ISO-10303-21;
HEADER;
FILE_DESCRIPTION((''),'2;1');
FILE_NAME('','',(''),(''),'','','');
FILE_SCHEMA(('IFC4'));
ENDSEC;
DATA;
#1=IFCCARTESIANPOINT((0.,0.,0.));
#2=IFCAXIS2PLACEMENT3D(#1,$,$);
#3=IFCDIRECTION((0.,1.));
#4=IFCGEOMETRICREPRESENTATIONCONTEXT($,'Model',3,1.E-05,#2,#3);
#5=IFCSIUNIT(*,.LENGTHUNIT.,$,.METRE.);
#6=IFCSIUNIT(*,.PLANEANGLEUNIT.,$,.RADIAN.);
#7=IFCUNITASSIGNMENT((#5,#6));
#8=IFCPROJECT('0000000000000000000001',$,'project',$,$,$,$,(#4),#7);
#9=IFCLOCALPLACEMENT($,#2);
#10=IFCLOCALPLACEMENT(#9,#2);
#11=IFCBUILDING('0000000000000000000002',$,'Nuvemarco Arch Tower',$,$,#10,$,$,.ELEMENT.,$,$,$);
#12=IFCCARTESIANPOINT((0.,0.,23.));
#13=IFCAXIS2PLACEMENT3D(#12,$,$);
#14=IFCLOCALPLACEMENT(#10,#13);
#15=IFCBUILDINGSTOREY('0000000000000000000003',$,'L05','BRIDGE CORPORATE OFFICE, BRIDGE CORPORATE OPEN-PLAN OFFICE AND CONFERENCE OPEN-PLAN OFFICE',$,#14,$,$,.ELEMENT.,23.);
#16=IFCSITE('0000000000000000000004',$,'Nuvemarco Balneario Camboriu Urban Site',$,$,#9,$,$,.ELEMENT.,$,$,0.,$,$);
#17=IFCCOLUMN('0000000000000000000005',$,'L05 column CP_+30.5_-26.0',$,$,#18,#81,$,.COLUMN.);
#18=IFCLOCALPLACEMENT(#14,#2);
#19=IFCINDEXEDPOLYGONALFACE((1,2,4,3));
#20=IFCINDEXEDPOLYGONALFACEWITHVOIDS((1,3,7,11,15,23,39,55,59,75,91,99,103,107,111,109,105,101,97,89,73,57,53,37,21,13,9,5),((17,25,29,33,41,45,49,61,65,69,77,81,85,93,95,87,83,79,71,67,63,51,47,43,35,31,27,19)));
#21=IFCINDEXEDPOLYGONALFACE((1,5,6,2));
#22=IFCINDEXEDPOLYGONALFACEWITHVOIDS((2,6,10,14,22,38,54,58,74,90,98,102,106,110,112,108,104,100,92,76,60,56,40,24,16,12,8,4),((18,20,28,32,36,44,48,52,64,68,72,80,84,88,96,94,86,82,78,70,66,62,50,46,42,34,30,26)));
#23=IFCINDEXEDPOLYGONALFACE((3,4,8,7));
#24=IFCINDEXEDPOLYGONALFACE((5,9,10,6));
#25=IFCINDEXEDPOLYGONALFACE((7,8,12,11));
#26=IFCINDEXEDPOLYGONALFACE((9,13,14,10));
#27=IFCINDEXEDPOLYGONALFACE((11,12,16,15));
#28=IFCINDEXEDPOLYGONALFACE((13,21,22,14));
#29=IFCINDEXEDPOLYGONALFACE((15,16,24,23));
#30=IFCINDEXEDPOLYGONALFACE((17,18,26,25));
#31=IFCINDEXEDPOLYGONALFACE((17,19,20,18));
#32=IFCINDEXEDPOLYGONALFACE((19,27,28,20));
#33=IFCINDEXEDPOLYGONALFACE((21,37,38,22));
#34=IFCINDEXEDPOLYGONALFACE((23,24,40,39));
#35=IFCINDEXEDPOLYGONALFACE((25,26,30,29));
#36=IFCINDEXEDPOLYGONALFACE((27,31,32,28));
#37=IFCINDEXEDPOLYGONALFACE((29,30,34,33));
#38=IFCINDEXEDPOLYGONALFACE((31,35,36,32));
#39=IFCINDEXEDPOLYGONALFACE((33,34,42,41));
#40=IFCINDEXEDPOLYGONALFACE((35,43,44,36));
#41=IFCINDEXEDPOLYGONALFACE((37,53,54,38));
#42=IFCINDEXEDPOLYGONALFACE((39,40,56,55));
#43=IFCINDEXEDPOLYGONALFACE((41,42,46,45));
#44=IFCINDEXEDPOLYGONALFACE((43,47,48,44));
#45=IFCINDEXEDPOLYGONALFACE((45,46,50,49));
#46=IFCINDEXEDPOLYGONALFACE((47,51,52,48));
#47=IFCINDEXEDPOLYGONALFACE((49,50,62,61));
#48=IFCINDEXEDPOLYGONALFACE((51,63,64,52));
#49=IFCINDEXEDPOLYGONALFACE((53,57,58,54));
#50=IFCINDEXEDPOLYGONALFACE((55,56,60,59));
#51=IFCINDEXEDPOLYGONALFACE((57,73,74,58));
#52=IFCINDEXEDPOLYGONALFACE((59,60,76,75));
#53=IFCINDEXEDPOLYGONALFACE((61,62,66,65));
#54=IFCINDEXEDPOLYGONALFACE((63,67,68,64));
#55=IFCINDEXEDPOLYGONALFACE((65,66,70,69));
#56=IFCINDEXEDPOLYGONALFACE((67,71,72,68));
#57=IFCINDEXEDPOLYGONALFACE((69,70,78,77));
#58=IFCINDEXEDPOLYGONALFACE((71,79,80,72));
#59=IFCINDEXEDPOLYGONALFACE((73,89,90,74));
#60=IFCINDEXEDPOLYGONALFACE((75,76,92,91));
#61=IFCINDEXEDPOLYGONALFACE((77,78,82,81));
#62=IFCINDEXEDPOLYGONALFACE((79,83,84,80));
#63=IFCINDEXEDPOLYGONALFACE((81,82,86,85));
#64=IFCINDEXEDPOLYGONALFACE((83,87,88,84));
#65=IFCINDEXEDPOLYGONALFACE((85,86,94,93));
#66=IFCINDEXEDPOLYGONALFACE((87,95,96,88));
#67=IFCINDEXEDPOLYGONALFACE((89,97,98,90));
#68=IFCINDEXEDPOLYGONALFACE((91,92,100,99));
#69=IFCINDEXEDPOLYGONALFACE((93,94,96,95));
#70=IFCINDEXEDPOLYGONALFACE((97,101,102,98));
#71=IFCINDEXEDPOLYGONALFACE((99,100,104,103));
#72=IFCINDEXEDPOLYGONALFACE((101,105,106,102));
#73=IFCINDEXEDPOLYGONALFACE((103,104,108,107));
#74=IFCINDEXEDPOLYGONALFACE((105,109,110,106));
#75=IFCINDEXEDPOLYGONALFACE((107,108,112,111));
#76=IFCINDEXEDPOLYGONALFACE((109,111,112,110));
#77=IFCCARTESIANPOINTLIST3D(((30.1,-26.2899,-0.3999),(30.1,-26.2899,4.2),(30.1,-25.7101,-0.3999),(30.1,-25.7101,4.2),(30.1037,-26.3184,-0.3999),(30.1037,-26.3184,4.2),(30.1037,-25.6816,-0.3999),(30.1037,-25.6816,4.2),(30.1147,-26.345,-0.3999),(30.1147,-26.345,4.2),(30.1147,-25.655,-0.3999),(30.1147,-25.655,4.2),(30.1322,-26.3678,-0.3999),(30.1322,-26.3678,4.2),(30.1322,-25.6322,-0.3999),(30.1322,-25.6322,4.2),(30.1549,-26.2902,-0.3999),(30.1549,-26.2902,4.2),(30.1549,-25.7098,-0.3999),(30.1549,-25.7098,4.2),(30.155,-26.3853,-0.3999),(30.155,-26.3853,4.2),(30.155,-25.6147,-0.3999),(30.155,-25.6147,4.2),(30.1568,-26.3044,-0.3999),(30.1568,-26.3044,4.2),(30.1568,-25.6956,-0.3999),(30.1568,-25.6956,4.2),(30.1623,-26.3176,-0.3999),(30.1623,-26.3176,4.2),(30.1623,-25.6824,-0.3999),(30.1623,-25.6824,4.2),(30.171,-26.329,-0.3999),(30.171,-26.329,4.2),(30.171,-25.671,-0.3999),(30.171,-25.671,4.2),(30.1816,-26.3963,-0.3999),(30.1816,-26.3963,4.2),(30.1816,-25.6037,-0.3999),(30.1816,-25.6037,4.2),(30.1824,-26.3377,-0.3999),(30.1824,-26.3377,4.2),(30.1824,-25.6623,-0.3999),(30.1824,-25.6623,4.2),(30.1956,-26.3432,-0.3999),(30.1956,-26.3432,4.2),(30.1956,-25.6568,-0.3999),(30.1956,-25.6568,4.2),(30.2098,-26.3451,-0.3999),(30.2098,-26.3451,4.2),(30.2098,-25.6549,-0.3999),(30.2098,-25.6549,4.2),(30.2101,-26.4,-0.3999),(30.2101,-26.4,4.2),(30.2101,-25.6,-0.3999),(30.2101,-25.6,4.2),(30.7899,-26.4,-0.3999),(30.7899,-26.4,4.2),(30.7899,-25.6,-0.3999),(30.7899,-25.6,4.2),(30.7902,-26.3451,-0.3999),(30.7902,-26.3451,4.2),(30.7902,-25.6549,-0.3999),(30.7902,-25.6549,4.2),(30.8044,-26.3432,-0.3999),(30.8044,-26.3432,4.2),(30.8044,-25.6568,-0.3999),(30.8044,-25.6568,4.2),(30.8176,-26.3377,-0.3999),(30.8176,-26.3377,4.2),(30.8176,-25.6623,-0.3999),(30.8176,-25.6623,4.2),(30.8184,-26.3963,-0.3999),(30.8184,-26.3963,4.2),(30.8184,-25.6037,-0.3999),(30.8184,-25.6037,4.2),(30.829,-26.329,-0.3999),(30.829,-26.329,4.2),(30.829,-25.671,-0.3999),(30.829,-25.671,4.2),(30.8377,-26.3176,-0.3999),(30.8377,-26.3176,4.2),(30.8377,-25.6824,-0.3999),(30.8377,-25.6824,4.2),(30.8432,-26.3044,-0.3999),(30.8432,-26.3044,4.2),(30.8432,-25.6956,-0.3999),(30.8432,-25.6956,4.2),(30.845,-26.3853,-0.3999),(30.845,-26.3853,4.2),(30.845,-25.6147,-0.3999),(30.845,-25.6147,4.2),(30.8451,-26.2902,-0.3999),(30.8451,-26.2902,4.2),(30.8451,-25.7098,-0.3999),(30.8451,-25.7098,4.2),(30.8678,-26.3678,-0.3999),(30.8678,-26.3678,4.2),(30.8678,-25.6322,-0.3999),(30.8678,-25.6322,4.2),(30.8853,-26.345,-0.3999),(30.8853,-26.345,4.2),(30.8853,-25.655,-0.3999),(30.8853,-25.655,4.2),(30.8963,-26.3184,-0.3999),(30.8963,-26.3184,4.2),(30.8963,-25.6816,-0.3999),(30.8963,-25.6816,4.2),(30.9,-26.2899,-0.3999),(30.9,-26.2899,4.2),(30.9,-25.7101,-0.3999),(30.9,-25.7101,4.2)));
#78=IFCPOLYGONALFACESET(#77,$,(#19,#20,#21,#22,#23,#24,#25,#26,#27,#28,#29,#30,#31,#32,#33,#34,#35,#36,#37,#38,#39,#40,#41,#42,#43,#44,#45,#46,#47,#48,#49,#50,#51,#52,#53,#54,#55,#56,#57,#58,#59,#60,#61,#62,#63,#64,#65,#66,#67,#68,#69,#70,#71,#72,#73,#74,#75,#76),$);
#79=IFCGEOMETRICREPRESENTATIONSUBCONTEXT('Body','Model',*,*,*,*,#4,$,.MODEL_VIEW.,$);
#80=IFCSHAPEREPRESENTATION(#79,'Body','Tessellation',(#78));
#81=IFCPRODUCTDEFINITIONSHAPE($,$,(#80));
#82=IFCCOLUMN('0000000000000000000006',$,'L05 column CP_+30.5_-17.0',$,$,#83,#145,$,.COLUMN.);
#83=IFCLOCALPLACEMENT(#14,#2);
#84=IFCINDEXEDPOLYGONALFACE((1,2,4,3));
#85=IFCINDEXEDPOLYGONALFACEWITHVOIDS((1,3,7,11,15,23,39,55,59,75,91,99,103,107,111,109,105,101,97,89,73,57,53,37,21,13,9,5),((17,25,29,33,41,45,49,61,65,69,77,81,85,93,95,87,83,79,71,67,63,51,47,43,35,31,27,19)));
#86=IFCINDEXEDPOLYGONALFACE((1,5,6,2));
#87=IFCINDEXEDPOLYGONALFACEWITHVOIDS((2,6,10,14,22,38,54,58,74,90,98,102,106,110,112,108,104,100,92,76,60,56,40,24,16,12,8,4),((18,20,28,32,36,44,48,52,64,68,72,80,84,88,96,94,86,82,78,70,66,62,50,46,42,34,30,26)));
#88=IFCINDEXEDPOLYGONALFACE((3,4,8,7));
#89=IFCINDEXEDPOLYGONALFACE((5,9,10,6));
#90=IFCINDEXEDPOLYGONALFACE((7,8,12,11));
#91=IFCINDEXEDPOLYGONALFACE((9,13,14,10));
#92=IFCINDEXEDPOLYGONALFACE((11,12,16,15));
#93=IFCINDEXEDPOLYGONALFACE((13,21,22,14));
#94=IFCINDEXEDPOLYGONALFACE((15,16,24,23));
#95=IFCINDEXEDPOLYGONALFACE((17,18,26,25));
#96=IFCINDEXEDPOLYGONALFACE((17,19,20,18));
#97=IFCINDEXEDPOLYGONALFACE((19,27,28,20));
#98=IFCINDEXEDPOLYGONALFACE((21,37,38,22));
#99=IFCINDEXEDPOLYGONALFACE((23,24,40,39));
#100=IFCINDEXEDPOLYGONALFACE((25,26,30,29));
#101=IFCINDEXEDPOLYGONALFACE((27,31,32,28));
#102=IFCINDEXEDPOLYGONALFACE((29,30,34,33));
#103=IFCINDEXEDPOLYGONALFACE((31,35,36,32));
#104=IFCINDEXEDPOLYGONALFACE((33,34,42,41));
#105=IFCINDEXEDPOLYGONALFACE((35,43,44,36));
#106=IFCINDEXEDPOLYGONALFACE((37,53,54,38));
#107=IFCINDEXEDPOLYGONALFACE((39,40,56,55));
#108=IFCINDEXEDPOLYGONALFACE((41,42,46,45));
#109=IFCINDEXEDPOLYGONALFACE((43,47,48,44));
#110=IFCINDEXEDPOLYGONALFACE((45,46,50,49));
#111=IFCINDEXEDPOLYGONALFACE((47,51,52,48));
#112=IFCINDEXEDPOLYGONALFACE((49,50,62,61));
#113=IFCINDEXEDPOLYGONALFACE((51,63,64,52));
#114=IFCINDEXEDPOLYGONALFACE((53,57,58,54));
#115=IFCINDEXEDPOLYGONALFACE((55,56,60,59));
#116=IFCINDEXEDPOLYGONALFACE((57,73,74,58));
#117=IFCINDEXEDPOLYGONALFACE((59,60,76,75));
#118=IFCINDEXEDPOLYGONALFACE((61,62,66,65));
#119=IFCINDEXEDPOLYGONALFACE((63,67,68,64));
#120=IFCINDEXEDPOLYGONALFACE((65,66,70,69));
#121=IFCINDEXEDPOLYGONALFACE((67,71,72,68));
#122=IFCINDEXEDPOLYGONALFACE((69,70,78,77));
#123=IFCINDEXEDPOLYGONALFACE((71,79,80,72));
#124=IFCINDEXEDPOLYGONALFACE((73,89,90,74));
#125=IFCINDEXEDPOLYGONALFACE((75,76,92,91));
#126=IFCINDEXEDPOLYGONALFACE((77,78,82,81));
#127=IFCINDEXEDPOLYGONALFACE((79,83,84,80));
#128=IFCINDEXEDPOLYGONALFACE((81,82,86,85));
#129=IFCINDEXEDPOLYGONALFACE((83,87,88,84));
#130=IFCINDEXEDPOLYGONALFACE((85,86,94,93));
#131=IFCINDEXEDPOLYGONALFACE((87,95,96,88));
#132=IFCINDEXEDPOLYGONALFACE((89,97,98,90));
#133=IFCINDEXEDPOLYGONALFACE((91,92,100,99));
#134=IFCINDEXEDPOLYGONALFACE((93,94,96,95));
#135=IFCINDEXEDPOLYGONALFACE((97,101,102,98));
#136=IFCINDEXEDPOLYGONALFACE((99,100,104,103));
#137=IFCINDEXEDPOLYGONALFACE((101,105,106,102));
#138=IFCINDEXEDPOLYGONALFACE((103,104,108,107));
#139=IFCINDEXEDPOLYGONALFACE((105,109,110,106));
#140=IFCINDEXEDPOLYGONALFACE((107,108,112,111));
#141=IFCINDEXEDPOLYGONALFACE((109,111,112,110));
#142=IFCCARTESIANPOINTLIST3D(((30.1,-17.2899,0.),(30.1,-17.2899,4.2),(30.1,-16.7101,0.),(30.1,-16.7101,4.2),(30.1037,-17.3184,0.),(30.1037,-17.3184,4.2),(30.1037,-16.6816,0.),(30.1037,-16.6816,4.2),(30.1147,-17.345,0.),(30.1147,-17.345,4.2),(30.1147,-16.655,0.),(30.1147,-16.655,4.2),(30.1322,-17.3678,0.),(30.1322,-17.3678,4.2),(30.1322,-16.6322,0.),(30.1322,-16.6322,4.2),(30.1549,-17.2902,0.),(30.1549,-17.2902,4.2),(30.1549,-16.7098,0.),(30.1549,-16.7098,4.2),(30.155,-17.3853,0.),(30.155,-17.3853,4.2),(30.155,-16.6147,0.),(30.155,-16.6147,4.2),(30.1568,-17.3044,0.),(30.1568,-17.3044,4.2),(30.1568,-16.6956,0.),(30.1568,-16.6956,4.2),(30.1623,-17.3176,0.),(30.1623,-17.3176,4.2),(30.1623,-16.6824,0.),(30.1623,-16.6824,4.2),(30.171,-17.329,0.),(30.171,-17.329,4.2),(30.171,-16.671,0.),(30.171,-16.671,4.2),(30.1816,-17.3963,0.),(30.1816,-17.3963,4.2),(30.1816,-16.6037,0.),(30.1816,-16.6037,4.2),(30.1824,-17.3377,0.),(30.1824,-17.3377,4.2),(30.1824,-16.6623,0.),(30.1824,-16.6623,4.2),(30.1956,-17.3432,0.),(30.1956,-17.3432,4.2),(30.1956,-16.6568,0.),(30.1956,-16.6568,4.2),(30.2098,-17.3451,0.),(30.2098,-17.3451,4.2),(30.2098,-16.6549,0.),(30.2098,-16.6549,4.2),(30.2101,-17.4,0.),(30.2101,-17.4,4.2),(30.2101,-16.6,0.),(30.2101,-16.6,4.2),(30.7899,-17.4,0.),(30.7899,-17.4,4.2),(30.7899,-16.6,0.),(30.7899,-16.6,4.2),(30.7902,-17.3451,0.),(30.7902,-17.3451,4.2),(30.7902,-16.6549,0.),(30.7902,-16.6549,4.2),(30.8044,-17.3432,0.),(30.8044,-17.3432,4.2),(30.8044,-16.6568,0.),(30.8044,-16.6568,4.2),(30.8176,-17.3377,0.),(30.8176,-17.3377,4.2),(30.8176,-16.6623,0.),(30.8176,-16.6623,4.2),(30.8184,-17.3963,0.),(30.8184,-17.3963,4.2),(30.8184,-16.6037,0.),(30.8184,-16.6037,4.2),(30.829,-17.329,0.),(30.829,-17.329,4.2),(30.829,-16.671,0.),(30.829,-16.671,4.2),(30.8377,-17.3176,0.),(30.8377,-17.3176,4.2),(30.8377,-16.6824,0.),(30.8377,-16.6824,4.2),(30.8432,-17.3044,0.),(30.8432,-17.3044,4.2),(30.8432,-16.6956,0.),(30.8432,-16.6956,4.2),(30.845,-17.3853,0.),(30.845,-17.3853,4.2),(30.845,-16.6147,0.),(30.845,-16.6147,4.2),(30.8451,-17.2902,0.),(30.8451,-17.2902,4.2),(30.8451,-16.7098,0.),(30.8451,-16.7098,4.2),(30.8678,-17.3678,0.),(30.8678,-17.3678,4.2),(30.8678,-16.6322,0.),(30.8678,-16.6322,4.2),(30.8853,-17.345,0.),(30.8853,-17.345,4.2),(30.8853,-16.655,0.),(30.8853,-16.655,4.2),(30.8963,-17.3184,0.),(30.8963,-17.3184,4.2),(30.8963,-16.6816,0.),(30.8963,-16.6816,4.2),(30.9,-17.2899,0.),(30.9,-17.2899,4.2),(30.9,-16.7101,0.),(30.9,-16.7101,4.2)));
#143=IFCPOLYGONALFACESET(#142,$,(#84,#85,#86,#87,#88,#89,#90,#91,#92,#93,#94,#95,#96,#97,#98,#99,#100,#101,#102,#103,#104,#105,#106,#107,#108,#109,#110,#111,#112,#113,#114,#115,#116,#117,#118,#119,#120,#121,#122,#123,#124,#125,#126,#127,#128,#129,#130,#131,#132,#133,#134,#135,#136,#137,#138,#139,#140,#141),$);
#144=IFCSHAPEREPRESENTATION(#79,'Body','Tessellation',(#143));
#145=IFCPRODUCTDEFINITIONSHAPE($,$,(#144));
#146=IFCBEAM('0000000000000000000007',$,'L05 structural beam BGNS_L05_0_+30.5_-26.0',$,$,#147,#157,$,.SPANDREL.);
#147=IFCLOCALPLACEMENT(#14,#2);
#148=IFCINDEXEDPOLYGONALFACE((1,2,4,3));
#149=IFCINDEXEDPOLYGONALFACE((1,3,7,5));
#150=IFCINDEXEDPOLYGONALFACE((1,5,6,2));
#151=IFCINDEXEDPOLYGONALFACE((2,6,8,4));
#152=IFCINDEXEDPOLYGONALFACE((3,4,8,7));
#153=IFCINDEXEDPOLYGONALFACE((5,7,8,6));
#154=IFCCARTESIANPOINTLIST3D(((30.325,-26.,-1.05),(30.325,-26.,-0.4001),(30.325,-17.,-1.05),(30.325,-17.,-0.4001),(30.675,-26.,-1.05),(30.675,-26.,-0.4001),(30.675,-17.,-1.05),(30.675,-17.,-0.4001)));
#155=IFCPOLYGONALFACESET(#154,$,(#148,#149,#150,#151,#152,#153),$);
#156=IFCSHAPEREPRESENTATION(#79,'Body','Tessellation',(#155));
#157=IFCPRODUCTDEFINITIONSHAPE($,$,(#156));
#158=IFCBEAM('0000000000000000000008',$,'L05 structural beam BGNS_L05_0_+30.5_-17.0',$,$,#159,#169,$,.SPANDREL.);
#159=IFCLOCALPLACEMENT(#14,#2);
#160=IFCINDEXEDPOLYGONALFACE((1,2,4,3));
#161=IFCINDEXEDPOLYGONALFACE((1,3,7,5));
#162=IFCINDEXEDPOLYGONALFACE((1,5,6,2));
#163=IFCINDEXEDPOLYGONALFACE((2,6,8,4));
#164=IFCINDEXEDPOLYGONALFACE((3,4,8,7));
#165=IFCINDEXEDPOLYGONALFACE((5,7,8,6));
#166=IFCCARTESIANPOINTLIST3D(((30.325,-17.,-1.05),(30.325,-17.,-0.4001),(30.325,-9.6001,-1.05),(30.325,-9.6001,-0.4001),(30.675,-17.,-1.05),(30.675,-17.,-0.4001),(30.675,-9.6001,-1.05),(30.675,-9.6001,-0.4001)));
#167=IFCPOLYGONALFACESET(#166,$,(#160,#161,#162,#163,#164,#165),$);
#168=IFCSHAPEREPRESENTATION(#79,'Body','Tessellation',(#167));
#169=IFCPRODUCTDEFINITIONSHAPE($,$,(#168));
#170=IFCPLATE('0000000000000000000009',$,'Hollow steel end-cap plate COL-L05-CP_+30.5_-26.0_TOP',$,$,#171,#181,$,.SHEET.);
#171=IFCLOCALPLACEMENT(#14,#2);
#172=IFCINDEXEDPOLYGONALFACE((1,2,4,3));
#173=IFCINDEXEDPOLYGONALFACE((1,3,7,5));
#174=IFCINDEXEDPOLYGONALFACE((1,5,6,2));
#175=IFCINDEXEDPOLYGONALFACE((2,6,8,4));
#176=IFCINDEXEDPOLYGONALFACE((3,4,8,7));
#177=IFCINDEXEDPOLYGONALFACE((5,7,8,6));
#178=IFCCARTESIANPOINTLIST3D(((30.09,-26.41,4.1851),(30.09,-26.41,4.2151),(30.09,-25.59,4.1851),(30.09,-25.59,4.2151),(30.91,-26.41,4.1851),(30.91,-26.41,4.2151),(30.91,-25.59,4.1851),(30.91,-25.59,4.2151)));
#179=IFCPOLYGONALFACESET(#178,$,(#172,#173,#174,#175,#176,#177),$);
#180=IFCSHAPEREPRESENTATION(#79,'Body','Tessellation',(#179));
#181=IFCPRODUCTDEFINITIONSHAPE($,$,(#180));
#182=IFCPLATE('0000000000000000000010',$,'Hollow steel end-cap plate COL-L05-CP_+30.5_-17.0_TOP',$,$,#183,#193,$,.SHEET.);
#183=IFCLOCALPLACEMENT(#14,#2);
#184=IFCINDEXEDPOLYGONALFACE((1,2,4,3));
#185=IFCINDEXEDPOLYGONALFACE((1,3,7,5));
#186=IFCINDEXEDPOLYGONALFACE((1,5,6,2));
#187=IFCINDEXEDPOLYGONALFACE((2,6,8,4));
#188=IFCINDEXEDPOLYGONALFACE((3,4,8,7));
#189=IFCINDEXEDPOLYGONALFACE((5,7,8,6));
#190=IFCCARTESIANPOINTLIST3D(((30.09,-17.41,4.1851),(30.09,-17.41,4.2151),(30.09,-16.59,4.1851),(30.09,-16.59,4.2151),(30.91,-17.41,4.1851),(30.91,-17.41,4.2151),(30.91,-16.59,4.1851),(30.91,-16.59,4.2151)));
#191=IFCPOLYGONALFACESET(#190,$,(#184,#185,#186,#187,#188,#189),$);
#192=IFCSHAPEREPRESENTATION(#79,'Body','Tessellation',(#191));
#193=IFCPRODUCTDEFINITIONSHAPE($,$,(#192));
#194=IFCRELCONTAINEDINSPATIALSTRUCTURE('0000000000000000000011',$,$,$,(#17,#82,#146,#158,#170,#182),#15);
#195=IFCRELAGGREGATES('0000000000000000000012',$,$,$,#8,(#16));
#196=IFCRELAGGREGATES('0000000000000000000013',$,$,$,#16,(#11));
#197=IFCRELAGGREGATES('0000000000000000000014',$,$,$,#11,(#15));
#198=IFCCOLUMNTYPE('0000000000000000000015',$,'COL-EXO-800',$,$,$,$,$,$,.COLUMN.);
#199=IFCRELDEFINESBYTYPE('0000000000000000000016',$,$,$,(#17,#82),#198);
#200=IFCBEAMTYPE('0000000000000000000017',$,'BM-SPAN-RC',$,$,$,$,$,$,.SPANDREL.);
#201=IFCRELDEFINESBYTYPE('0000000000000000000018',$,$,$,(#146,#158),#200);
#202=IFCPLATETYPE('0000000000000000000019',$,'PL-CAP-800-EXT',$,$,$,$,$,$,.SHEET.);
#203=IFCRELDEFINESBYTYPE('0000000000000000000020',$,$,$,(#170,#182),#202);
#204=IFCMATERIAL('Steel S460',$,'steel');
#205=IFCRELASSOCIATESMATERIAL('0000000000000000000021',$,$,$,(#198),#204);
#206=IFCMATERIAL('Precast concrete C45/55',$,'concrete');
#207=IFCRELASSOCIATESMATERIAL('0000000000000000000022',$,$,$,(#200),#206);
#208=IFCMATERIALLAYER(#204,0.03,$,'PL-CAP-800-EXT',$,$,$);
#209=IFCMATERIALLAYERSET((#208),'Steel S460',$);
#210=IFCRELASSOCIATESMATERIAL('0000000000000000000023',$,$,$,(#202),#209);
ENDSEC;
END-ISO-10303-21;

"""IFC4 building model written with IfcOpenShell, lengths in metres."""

from ifc_helpers import new_model, si_unit, direction, frame, origin, origin_2d, place, context, subcontext, project, spatial, rectangle, hollow_rectangle, extrude, source, transform, mapped, material, layer, layer_set, material_profile, profile_set, type_object, type_shapes, element, save


model = new_model("IFC4")

# Units and contexts
model_context = context("Model", 3, precision=1e-05, world=origin(), true_north=direction((0.0, 1.0)))
body_context = subcontext(model_context, "Body", "Model", "MODEL_VIEW")
ifc_project = project(units=[si_unit("LENGTHUNIT", "METRE"), si_unit("PLANEANGLEUNIT", "RADIAN")], contexts=[model_context])

# Site, building, storey
site_placement = place(None, origin())
site = spatial("IfcSite", under=ifc_project, at=site_placement, Name="Nuvemarco Balneario Camboriu Urban Site", CompositionType="ELEMENT", RefElevation=0.0)
building_placement = place(site_placement, origin())
building = spatial("IfcBuilding", under=site, at=building_placement, Name="Nuvemarco Arch Tower", CompositionType="ELEMENT")
storey_placement = place(building_placement, frame((0.0, 0.0, 23.0)))
storey = spatial("IfcBuildingStorey", under=building, at=storey_placement, Name="L05", Description="BRIDGE CORPORATE OFFICE, BRIDGE CORPORATE OPEN-PLAN OFFICE AND CONFERENCE OPEN-PLAN OFFICE", CompositionType="ELEMENT", Elevation=23.0)

# Columns
ifc_material_1 = material(Name="Steel S460", Category="steel")
ifc_material_profile_1 = material_profile(ifc_material_1, hollow_rectangle(XDim=0.8, YDim=0.8, WallThickness=0.0549, InnerFilletRadius=0.0549, OuterFilletRadius=0.1101, at=origin_2d()), Name="SHS800x800x55")
ifc_profile_set_1 = profile_set([ifc_material_profile_1], Name="Steel S460")
column_type = type_object("IfcColumnType", Name="COL-EXO-800", PredefinedType="COLUMN", material=ifc_profile_set_1)
column_1_placement = place(storey_placement, frame((30.5, -26.0, -0.3999), z_axis=(0.0, 0.0, 1.0), x_axis=(1.0, 0.0, 0.0)))
element("IfcColumn", 1, at=column_1_placement, inside=storey, type_object=column_type, Name="L05 column CP_+30.5_-26.0", PredefinedType="COLUMN", context=body_context, shape_type="SweptSolid", body=[
    extrude(hollow_rectangle(XDim=0.8, YDim=0.8, WallThickness=0.0549, InnerFilletRadius=0.0549, OuterFilletRadius=0.1101, at=origin_2d()), origin(), (0.0, 0.0, 1.0), 4.5999),
])
column_2_placement = place(storey_placement, frame((30.5, -17.0, 0.0), z_axis=(0.0, 0.0, 1.0), x_axis=(1.0, 0.0, 0.0)))
element("IfcColumn", 2, at=column_2_placement, inside=storey, type_object=column_type, Name="L05 column CP_+30.5_-17.0", PredefinedType="COLUMN", context=body_context, shape_type="SweptSolid", body=[
    extrude(hollow_rectangle(XDim=0.8, YDim=0.8, WallThickness=0.0549, InnerFilletRadius=0.0549, OuterFilletRadius=0.1101, at=origin_2d()), origin(), (0.0, 0.0, 1.0), 4.2),
])

# Beams
ifc_material_2 = material(Name="Precast concrete C45/55", Category="concrete")
ifc_material_profile_2 = material_profile(ifc_material_2, rectangle(XDim=0.3501, YDim=0.6499, at=origin_2d()), Name="PC-SP-350x650")
ifc_profile_set_2 = profile_set([ifc_material_profile_2], Name="Precast concrete C45/55")
beam_type = type_object("IfcBeamType", Name="BM-SPAN-RC", PredefinedType="SPANDREL", material=ifc_profile_set_2)
beam_1_placement = place(storey_placement, frame((30.5, -26.0, -0.7251), z_axis=(0.0, 1.0, 0.0), x_axis=(-1.0, 0.0, 0.0)))
element("IfcBeam", 3, at=beam_1_placement, inside=storey, type_object=beam_type, Name="L05 structural beam BGNS_L05_0_+30.5_-26.0", PredefinedType="SPANDREL", context=body_context, shape_type="SweptSolid", body=[
    extrude(rectangle(XDim=0.3501, YDim=0.6499, at=origin_2d()), origin(), (0.0, 0.0, 1.0), 9.0),
])
beam_2_placement = place(storey_placement, frame((30.5, -17.0, -0.7251), z_axis=(0.0, 1.0, 0.0), x_axis=(-1.0, 0.0, 0.0)))
element("IfcBeam", 4, at=beam_2_placement, inside=storey, type_object=beam_type, Name="L05 structural beam BGNS_L05_0_+30.5_-17.0", PredefinedType="SPANDREL", context=body_context, shape_type="SweptSolid", body=[
    extrude(rectangle(XDim=0.3501, YDim=0.6499, at=origin_2d()), origin(), (0.0, 0.0, 1.0), 7.3999),
])

# Plates
ifc_layer_1 = layer(ifc_material_1, 0.03, Name="PL-CAP-800-EXT")
ifc_layer_set_1 = layer_set([ifc_layer_1], Name="Steel S460")
plate_type = type_object("IfcPlateType", Name="PL-CAP-800-EXT", PredefinedType="SHEET", material=ifc_layer_set_1)
shared_shape_1 = source(origin(), body_context, "Body", "SweptSolid", [
    extrude(rectangle(XDim=0.8201, YDim=0.8201, at=origin_2d()), origin(), (0.0, 0.0, 1.0), 0.03),
])
type_shapes(plate_type, [shared_shape_1])
for number, where, z_axis, x_axis, name in (
    (5, (30.5, -26.0, 4.1851), (0.0, 0.0, 1.0), (1.0, 0.0, 0.0), "Hollow steel end-cap plate COL-L05-CP_+30.5_-26.0_TOP"),
    (6, (30.5, -17.0, 4.1851), (0.0, 0.0, 1.0), (1.0, 0.0, 0.0), "Hollow steel end-cap plate COL-L05-CP_+30.5_-17.0_TOP"),
):
    element("IfcPlate", number, at=place(storey_placement, frame(where, z_axis=z_axis, x_axis=x_axis)), inside=storey, type_object=plate_type, Name=name, PredefinedType="SHEET", context=body_context, shape_type="MappedRepresentation", body=[
        mapped(shared_shape_1, transform((0.0, 0.0, 0.0), scale=1.0)),
    ])

save(model, "model.ifc")
